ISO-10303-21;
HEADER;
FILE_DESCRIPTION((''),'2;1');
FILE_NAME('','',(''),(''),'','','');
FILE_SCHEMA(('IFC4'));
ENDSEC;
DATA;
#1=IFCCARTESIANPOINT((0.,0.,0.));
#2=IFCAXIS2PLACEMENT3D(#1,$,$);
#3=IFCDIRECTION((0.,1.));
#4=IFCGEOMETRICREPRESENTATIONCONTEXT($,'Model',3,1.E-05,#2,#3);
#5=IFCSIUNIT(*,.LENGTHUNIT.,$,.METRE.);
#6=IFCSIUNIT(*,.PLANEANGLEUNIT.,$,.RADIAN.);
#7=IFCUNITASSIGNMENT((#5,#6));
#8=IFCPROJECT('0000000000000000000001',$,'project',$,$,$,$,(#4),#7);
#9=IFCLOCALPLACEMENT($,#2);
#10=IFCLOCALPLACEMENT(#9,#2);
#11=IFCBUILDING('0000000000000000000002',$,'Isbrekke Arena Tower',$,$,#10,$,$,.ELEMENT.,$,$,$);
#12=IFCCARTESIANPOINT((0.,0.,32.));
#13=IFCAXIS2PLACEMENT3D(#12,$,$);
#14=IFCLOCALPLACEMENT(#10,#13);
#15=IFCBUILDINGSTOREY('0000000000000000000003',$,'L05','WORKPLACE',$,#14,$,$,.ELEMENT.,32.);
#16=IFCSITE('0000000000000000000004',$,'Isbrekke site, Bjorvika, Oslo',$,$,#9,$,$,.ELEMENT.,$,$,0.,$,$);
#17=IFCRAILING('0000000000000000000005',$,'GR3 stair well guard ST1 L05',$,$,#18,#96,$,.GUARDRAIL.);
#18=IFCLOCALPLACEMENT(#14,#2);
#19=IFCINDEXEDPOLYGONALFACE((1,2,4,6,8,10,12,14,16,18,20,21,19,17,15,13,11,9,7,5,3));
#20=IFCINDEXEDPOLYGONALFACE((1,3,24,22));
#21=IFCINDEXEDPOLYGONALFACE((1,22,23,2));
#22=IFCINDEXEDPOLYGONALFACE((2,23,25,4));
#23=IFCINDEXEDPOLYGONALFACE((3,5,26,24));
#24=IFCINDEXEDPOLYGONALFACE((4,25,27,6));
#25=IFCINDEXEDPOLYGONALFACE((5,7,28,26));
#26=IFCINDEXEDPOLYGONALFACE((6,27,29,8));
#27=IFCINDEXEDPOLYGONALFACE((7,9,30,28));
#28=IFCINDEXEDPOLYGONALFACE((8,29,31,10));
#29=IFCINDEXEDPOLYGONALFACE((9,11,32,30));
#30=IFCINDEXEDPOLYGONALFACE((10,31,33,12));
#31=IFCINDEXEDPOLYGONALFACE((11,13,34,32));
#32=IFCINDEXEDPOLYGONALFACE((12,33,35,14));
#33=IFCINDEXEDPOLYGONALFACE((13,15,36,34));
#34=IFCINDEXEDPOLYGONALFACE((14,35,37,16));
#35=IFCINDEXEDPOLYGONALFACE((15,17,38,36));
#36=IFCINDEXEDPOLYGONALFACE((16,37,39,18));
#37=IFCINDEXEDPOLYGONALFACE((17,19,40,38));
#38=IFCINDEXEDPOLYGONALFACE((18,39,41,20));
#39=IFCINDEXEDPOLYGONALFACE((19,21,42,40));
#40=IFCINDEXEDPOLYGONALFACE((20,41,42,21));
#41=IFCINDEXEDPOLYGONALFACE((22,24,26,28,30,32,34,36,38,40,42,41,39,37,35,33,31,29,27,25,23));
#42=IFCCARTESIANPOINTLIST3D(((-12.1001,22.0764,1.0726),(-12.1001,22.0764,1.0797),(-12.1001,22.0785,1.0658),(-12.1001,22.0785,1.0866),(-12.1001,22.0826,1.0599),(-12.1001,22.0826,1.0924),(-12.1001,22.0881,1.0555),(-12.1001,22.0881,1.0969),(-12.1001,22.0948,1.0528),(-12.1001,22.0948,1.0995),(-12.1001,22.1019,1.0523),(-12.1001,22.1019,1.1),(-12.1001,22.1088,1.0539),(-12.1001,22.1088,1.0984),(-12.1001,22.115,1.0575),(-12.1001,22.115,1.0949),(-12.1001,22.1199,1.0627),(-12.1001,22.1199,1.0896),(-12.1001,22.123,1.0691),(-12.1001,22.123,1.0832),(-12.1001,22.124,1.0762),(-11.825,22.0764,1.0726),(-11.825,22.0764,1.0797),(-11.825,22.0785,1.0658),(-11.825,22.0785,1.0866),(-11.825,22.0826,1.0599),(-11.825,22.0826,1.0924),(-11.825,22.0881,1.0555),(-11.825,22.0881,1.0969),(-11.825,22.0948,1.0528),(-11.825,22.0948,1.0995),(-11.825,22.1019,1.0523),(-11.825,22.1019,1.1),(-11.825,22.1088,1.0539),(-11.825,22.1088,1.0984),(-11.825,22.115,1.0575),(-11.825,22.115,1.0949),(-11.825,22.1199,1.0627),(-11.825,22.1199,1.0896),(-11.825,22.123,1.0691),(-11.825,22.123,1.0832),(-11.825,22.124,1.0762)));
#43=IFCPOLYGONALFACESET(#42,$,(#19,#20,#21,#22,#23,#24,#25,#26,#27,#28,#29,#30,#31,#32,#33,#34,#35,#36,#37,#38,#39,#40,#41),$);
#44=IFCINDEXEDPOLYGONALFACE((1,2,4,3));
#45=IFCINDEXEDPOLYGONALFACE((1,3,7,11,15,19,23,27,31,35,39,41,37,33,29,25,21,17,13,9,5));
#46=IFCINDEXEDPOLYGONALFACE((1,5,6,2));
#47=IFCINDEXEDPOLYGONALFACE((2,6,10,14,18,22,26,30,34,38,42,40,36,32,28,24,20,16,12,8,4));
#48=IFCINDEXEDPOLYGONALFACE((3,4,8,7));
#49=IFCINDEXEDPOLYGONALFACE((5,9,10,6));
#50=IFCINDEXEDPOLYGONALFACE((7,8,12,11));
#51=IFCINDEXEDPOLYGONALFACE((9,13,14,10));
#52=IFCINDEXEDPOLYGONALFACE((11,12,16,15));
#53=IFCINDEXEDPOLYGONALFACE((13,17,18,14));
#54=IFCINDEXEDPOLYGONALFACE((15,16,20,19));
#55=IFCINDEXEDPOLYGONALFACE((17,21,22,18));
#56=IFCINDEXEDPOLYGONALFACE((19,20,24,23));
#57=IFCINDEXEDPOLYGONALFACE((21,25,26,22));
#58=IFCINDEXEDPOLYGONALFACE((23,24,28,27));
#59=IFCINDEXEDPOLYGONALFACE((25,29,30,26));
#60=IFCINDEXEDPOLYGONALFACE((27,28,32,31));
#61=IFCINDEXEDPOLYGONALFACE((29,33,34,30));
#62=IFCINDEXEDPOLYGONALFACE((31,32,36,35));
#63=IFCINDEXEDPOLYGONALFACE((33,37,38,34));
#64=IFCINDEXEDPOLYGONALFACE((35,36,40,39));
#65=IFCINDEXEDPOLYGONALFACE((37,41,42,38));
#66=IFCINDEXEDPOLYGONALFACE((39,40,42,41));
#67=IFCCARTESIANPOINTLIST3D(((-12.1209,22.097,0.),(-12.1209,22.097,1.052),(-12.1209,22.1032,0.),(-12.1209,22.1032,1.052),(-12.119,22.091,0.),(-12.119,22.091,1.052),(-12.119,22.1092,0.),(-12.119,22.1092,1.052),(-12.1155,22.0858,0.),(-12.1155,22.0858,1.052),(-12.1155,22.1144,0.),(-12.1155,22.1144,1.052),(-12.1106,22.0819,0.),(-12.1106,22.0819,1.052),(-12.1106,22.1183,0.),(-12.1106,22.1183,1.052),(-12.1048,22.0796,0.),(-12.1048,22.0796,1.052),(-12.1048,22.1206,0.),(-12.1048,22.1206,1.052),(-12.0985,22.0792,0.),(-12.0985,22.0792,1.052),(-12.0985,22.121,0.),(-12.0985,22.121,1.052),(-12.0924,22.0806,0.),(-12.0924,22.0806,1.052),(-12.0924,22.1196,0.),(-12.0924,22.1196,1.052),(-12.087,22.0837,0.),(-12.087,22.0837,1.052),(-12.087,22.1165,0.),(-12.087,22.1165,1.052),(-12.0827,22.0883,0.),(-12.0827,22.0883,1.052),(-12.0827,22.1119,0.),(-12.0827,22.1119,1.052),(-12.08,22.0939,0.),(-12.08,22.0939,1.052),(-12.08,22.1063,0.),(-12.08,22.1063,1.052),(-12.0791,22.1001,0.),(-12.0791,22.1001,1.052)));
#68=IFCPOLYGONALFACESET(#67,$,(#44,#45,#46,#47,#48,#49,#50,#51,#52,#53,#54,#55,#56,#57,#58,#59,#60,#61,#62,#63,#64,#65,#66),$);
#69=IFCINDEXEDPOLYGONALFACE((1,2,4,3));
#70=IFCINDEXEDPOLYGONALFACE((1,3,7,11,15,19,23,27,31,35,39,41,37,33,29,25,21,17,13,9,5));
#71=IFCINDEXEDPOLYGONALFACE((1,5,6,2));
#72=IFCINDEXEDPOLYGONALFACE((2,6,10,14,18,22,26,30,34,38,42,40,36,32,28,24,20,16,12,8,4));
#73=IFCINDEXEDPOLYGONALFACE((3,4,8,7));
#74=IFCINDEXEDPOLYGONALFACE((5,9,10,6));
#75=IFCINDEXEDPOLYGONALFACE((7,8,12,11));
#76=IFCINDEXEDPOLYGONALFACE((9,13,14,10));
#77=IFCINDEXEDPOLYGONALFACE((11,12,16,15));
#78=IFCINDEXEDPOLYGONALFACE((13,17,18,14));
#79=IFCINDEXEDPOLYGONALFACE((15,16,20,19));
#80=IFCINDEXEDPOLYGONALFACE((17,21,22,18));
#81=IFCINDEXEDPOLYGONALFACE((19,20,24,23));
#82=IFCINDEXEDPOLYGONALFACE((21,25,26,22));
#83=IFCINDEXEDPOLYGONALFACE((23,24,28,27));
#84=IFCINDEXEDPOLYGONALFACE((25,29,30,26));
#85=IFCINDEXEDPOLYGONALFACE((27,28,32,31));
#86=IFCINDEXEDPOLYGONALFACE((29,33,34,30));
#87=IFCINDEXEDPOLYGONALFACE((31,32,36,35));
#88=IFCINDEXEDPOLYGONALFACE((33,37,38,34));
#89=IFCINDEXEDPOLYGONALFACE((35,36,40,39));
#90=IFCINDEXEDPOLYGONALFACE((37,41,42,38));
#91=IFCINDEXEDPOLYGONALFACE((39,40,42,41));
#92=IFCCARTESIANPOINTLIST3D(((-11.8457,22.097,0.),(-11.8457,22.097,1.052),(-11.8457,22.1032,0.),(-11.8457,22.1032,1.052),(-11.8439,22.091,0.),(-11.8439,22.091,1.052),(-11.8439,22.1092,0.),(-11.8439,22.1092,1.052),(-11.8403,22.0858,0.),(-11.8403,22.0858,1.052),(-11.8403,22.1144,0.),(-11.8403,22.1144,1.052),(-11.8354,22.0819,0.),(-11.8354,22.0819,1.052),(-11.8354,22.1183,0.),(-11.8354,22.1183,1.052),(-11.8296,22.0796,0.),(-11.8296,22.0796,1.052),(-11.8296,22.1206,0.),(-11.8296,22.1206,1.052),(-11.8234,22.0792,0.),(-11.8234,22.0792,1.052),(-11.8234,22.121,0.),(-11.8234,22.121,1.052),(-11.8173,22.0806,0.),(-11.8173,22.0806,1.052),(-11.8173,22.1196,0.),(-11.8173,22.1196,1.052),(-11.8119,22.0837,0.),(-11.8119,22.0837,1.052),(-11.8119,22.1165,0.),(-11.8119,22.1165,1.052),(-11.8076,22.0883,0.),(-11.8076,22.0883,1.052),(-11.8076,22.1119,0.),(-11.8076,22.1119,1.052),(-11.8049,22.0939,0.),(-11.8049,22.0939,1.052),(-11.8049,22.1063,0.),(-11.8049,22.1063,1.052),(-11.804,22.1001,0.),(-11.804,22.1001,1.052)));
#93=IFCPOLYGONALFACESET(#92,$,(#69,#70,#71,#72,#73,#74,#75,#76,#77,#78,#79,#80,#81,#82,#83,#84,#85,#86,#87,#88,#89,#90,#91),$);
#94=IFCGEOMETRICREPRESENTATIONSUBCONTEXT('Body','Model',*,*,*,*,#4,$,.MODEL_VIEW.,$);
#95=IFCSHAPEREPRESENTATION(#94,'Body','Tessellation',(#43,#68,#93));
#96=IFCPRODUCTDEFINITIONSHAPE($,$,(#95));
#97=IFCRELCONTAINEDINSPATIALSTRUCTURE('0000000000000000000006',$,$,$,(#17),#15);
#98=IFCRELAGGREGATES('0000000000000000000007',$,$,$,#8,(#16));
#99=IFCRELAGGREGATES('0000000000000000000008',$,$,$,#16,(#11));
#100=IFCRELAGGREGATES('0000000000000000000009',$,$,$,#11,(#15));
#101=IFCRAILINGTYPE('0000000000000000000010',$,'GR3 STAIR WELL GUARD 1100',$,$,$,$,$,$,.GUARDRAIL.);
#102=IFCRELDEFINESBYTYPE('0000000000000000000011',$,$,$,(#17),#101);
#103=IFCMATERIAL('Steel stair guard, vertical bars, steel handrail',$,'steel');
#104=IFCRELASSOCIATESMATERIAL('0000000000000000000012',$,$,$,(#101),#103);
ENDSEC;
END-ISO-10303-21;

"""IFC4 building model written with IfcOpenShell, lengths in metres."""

from ifc_helpers import new_model, si_unit, direction, frame, origin, origin_2d, place, context, subcontext, project, spatial, circle, extrude, material, type_object, element, save


model = new_model("IFC4")

# Units and contexts
model_context = context("Model", 3, precision=1e-05, world=origin(), true_north=direction((0.0, 1.0)))
body_context = subcontext(model_context, "Body", "Model", "MODEL_VIEW")
ifc_project = project(units=[si_unit("LENGTHUNIT", "METRE"), si_unit("PLANEANGLEUNIT", "RADIAN")], contexts=[model_context])

# Site, building, storey
site_placement = place(None, origin())
site = spatial("IfcSite", under=ifc_project, at=site_placement, Name="Isbrekke site, Bjorvika, Oslo", CompositionType="ELEMENT", RefElevation=0.0)
building_placement = place(site_placement, origin())
building = spatial("IfcBuilding", under=site, at=building_placement, Name="Isbrekke Arena Tower", CompositionType="ELEMENT")
storey_placement = place(building_placement, frame((0.0, 0.0, 32.0)))
storey = spatial("IfcBuildingStorey", under=building, at=storey_placement, Name="L05", Description="WORKPLACE", CompositionType="ELEMENT", Elevation=32.0)

# Railing
ifc_material_1 = material(Name="Steel stair guard, vertical bars, steel handrail", Category="steel")
railing_type = type_object("IfcRailingType", Name="GR3 STAIR WELL GUARD 1100", PredefinedType="GUARDRAIL", material=ifc_material_1)
railing_placement = place(storey_placement, frame((-12.1001, 22.1001, 0.0)))
element("IfcRailing", 1, at=railing_placement, inside=storey, type_object=railing_type, Name="GR3 stair well guard ST1 L05", PredefinedType="GUARDRAIL", context=body_context, shape_type="SweptSolid", body=[
    extrude(circle(Radius=0.0239, at=origin_2d()), frame((0.0, 0.0, 1.0762), z_axis=(1.0, 0.0, 0.0), x_axis=(0.0, 1.0, 0.0)), (0.0, 0.0, 1.0), 0.2751),
    extrude(circle(Radius=0.021, at=origin_2d()), origin(), (0.0, 0.0, 1.0), 1.052),
    extrude(circle(Radius=0.021, at=origin_2d()), frame((0.2751, 0.0, 0.0)), (0.0, 0.0, 1.0), 1.052),
])

save(model, "model.ifc")
